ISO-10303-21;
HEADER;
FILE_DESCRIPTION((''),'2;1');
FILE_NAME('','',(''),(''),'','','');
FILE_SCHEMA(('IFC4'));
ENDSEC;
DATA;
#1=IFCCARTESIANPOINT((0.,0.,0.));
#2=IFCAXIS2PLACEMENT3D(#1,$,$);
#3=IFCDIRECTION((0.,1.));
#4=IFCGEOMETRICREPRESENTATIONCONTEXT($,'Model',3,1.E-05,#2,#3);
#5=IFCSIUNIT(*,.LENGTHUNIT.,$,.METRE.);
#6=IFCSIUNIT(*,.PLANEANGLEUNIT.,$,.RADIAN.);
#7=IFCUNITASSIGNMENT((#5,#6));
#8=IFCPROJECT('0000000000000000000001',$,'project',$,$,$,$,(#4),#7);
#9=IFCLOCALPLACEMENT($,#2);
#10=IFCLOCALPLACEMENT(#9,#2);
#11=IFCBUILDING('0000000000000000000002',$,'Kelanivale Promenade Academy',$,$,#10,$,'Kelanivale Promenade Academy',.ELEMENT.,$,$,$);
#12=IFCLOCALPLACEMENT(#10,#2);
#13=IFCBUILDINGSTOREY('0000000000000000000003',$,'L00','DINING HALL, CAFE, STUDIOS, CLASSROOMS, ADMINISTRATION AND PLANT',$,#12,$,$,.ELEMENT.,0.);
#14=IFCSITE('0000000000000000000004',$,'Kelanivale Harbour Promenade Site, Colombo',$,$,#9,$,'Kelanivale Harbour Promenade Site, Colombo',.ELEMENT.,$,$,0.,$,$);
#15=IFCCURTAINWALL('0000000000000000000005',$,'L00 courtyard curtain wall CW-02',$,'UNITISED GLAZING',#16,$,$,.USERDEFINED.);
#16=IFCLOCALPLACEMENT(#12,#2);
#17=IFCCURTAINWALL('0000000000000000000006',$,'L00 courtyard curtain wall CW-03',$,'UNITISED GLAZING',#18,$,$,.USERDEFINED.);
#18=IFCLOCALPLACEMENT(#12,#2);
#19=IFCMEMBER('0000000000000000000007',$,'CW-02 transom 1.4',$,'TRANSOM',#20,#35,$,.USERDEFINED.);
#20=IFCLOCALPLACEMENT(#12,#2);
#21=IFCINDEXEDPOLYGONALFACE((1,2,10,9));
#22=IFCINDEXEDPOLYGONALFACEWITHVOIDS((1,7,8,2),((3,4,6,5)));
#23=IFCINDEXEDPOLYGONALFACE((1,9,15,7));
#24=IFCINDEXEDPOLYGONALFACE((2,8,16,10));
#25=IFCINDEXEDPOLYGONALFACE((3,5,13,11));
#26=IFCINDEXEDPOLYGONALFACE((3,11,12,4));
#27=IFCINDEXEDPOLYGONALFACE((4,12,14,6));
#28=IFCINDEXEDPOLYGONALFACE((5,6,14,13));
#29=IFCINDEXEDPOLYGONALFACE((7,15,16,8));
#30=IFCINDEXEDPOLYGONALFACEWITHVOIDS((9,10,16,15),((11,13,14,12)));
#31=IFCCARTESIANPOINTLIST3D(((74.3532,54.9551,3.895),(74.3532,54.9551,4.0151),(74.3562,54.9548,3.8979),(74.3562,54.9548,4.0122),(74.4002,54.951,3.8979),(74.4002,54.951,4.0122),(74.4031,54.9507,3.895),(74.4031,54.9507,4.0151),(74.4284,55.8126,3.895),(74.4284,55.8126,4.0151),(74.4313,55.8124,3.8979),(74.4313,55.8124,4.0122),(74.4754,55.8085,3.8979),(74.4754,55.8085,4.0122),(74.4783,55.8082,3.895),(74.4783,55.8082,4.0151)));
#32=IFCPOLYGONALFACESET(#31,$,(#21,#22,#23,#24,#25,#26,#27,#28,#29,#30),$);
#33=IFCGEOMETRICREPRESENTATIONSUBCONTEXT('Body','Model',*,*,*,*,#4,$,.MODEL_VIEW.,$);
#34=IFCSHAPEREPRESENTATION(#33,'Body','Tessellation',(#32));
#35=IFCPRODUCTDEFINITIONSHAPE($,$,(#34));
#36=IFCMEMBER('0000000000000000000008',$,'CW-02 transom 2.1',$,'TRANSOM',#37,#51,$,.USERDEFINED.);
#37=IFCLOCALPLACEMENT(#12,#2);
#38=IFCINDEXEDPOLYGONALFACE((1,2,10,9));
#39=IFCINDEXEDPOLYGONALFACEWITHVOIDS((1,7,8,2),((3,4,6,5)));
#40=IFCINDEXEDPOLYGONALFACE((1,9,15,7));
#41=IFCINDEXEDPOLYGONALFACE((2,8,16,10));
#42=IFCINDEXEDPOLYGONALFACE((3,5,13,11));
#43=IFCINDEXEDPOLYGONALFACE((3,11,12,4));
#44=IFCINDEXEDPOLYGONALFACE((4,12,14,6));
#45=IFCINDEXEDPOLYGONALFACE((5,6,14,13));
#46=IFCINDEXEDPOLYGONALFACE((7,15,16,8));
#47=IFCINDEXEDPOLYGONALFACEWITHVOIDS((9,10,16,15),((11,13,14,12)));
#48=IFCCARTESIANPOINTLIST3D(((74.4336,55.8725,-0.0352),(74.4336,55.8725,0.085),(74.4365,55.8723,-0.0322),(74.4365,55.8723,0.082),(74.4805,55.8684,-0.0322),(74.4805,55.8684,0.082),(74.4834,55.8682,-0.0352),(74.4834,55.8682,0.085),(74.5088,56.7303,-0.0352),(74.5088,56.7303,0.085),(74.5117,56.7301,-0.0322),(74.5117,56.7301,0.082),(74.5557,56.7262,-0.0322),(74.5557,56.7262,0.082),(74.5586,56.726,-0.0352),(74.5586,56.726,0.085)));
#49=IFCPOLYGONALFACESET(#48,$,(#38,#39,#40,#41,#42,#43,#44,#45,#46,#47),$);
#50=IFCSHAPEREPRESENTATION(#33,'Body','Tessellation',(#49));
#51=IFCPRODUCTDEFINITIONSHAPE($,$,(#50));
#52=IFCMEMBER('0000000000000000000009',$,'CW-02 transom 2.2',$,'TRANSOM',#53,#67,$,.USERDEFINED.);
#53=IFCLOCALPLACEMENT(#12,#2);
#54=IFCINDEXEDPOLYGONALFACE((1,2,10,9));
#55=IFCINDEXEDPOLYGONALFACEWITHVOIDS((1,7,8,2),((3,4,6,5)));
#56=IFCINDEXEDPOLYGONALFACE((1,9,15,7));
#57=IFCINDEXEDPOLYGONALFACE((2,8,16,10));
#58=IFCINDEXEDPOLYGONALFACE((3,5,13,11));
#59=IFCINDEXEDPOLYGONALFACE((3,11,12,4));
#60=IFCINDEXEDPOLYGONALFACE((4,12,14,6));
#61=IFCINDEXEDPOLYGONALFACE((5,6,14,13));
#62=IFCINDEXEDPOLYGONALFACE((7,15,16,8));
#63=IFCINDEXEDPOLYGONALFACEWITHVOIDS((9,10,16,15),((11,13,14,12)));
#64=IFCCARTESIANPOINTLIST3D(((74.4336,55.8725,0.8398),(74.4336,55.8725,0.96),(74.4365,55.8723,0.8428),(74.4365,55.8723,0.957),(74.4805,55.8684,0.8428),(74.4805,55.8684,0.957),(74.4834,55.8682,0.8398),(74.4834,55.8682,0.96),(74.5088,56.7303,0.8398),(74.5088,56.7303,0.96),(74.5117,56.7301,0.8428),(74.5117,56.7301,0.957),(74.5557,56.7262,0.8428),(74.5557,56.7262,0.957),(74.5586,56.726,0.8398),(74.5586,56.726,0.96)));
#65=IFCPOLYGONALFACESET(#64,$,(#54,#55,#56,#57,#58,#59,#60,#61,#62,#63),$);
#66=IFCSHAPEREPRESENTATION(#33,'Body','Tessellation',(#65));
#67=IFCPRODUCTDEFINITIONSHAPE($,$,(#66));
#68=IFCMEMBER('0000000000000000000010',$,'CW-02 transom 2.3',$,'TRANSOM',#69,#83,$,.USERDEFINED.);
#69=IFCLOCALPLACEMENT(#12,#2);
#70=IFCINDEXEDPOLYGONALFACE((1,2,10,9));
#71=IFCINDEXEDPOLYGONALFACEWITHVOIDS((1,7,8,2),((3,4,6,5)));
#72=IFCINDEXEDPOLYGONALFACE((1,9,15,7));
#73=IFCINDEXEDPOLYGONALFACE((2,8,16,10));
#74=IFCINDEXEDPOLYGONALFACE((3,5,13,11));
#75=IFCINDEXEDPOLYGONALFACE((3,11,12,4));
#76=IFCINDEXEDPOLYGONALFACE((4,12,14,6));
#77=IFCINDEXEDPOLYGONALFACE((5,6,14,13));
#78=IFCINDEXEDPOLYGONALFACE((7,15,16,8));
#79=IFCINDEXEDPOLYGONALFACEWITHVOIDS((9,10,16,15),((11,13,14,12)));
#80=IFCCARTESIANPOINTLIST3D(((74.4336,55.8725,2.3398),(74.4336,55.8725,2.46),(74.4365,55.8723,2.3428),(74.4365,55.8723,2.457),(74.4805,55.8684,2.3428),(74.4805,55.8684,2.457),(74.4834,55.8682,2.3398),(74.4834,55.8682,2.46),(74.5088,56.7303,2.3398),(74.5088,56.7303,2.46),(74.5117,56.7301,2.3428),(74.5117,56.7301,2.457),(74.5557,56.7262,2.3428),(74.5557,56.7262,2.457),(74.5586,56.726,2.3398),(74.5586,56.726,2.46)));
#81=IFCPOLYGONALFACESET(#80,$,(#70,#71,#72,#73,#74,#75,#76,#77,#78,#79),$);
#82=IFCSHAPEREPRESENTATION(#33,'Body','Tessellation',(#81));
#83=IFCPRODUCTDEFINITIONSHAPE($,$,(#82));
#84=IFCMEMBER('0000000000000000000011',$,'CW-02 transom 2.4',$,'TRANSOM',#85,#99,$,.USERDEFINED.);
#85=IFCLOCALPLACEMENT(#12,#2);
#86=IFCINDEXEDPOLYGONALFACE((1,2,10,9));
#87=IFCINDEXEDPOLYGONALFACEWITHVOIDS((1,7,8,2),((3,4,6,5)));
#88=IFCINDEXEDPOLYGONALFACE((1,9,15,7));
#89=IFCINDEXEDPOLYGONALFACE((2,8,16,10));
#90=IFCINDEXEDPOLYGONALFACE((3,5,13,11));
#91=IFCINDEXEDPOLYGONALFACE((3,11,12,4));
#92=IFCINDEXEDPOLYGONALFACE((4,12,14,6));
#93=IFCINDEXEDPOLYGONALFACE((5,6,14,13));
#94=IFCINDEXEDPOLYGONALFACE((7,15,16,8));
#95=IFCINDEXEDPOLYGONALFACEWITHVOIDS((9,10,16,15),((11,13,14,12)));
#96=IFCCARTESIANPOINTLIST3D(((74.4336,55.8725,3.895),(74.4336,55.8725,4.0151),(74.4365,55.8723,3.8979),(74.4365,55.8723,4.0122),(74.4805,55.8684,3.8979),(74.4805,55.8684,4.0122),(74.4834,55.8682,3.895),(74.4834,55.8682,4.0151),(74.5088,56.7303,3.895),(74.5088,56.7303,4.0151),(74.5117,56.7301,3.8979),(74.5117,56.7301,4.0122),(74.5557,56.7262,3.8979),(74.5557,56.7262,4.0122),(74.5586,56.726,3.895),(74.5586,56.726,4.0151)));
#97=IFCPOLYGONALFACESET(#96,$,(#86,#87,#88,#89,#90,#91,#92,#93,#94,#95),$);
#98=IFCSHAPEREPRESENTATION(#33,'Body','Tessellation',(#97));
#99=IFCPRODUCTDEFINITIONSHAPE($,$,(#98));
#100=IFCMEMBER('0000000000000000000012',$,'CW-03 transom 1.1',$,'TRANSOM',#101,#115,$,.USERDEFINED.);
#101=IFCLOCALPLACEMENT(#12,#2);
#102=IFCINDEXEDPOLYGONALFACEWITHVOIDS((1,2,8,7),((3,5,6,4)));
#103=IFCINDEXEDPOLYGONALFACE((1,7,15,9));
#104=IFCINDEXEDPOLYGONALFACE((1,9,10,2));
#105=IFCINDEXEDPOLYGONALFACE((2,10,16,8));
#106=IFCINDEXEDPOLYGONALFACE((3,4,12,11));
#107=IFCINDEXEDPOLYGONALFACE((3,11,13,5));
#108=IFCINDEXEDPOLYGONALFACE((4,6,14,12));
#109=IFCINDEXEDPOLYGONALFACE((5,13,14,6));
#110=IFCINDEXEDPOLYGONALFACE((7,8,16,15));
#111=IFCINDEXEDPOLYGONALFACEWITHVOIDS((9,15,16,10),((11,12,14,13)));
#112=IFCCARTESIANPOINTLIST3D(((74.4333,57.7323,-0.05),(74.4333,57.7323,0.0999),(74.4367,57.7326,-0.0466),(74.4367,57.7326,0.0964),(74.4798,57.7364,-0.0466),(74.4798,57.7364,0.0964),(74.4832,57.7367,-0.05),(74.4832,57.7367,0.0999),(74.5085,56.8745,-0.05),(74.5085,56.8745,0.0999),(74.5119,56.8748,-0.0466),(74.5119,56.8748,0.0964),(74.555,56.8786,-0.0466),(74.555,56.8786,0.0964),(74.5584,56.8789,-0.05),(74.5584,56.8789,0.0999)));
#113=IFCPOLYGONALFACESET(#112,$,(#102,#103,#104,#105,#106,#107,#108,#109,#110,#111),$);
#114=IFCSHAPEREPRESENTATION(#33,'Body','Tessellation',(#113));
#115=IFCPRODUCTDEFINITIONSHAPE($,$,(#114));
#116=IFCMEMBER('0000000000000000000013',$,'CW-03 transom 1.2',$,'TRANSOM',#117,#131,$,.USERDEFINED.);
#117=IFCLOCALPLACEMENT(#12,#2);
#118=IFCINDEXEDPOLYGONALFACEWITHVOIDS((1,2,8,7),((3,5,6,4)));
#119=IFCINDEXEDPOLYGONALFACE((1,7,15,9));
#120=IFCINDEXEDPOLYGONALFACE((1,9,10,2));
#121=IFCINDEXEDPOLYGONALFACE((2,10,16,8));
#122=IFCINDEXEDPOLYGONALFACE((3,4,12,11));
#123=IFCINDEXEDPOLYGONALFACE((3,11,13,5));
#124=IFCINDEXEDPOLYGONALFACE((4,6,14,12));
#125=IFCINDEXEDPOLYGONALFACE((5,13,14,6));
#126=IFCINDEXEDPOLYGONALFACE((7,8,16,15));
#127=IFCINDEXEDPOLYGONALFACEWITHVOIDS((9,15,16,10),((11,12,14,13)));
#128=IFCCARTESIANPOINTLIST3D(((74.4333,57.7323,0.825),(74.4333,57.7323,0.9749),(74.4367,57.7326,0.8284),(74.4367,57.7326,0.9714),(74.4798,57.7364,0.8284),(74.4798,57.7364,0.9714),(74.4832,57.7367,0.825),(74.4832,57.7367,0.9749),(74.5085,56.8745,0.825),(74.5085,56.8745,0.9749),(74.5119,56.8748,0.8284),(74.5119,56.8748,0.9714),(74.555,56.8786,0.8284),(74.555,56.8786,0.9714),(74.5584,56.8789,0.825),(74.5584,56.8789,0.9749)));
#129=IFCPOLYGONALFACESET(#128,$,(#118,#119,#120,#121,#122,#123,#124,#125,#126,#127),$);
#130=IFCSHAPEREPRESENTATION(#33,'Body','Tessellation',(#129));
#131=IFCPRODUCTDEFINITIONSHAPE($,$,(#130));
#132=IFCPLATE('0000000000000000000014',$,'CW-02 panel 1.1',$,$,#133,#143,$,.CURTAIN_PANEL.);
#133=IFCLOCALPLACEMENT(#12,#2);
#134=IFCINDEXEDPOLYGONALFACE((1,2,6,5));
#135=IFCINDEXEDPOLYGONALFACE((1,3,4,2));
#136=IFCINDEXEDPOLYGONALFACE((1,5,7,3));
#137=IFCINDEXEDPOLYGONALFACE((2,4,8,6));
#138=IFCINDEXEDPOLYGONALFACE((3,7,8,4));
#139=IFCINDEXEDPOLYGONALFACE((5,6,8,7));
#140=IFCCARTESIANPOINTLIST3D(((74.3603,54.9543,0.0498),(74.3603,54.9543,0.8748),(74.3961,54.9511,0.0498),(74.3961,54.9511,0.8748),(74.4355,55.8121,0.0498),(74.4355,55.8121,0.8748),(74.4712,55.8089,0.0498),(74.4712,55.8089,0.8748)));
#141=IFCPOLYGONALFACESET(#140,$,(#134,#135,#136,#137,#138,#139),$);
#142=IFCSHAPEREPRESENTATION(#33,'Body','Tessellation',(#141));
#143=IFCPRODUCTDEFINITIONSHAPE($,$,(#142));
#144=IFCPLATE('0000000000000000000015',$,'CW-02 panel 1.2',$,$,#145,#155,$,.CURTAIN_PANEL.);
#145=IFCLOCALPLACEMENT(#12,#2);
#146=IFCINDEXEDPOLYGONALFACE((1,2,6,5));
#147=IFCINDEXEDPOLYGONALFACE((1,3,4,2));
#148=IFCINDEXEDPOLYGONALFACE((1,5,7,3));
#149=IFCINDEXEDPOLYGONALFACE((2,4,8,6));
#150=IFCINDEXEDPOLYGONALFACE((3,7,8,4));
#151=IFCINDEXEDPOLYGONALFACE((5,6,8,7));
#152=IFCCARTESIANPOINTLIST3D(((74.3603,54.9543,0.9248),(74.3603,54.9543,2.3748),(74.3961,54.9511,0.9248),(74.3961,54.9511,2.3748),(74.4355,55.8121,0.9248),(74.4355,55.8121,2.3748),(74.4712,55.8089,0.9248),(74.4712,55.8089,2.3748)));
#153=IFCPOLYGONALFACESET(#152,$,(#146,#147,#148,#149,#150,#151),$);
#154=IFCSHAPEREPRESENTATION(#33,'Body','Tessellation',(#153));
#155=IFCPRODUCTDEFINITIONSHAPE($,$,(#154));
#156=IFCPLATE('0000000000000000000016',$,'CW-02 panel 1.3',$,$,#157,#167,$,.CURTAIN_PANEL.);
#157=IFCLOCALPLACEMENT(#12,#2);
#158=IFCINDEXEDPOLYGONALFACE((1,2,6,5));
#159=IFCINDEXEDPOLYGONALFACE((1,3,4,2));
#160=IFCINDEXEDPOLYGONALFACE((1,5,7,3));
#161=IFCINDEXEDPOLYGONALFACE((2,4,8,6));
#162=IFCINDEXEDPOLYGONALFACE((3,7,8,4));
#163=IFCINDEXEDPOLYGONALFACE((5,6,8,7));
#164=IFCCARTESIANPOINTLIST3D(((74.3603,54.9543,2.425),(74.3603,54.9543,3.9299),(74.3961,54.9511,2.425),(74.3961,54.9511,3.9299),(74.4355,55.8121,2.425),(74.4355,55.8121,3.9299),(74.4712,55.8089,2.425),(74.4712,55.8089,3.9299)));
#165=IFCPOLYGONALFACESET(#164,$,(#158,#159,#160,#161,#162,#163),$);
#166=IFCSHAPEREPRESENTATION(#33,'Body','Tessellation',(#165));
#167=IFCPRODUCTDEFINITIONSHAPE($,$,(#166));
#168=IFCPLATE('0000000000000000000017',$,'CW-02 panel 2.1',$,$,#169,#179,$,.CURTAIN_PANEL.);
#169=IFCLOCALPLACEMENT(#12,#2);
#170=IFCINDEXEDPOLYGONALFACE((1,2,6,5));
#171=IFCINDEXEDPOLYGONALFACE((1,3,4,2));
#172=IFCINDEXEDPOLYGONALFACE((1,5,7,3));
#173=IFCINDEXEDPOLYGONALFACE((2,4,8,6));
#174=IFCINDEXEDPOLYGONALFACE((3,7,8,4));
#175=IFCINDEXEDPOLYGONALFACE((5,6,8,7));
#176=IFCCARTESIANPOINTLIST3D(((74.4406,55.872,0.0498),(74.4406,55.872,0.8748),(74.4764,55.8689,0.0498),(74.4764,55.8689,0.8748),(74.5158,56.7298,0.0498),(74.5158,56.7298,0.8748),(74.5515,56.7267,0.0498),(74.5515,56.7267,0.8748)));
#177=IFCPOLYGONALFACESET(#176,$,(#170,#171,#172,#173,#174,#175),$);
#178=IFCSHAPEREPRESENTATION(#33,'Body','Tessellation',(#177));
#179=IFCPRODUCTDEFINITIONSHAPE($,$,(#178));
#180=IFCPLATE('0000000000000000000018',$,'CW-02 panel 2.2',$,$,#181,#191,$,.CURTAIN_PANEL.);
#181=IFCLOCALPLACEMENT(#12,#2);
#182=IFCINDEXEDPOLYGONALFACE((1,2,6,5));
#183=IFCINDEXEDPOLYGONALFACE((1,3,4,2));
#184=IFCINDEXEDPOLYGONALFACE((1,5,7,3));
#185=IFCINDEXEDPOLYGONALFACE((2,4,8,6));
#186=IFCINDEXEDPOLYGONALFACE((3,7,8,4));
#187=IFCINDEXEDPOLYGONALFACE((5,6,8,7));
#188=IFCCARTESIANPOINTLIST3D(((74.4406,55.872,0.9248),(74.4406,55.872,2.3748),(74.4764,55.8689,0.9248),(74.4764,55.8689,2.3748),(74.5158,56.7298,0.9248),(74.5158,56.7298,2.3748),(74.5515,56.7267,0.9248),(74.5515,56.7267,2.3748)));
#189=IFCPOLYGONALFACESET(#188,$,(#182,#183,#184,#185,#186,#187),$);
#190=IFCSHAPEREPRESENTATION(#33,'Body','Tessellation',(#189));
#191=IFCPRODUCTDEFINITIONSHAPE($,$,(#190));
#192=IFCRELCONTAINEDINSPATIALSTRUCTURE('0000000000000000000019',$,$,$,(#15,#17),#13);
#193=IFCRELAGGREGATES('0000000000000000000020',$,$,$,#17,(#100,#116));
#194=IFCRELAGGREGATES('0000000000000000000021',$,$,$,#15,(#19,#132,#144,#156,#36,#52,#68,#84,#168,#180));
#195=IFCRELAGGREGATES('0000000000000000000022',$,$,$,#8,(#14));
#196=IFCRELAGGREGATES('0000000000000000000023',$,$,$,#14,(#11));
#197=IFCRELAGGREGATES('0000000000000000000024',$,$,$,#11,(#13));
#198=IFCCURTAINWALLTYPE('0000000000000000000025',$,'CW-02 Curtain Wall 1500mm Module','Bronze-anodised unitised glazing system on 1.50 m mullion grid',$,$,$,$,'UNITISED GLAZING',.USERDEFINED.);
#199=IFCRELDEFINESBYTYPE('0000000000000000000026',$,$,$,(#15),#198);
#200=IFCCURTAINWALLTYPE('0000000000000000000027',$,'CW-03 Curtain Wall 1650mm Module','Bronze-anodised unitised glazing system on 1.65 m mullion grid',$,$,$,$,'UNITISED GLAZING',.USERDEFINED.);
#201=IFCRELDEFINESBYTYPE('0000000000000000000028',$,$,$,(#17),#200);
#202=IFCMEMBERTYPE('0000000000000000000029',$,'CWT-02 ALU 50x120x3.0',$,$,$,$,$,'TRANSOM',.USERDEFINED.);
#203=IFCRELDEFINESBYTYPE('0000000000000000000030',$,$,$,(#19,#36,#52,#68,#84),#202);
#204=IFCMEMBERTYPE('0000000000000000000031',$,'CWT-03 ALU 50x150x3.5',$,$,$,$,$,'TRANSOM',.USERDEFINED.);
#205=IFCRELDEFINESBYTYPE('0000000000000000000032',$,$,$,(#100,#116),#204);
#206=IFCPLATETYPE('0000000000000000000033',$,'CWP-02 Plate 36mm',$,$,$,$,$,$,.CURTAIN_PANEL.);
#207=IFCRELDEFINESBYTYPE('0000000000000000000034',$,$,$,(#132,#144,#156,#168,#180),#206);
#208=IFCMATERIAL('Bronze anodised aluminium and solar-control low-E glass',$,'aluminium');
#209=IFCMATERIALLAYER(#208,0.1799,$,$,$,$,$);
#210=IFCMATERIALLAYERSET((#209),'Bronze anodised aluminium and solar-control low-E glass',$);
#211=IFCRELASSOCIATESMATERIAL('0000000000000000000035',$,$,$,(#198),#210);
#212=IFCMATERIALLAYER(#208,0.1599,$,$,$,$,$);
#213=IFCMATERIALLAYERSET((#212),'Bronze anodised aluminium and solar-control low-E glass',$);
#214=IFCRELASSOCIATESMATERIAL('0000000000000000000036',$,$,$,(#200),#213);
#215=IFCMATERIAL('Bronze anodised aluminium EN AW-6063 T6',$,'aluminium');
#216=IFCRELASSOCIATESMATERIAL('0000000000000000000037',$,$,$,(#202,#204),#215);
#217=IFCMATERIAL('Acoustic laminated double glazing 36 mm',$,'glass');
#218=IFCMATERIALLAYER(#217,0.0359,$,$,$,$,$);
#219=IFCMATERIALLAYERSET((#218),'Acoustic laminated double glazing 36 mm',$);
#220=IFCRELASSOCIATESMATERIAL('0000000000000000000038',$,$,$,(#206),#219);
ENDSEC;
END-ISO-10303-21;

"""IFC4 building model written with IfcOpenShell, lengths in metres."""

from ifc_helpers import new_model, si_unit, direction, frame, origin, origin_2d, place, context, subcontext, project, spatial, rectangle, hollow_rectangle, extrude, material, layer, layer_set, material_profile, profile_set, type_object, element, aggregate, save


model = new_model("IFC4")

# Units and contexts
model_context = context("Model", 3, precision=1e-05, world=origin(), true_north=direction((0.0, 1.0)))
body_context = subcontext(model_context, "Body", "Model", "MODEL_VIEW")
ifc_project = project(units=[si_unit("LENGTHUNIT", "METRE"), si_unit("PLANEANGLEUNIT", "RADIAN")], contexts=[model_context])

# Site, building, storey
site_placement = place(None, origin())
site = spatial("IfcSite", under=ifc_project, at=site_placement, Name="Kelanivale Harbour Promenade Site, Colombo", LongName="Kelanivale Harbour Promenade Site, Colombo", CompositionType="ELEMENT", RefElevation=0.0)
building_placement = place(site_placement, origin())
building = spatial("IfcBuilding", under=site, at=building_placement, Name="Kelanivale Promenade Academy", LongName="Kelanivale Promenade Academy", CompositionType="ELEMENT")
storey_placement = place(building_placement, origin())
storey = spatial("IfcBuildingStorey", under=building, at=storey_placement, Name="L00", Description="DINING HALL, CAFE, STUDIOS, CLASSROOMS, ADMINISTRATION AND PLANT", CompositionType="ELEMENT", Elevation=0.0)

# Curtain wall
ifc_material_1 = material(Name="Bronze anodised aluminium and solar-control low-E glass", Category="aluminium")
ifc_layer_1 = layer(ifc_material_1, 0.1799)
ifc_layer_set_1 = layer_set([ifc_layer_1], Name="Bronze anodised aluminium and solar-control low-E glass")
curtain_wall_type_1 = type_object("IfcCurtainWallType", Name="CW-02 Curtain Wall 1500mm Module", Description="Bronze-anodised unitised glazing system on 1.50 m mullion grid", ElementType="UNITISED GLAZING", PredefinedType="USERDEFINED", material=ifc_layer_set_1)
curtain_wall_1_placement = place(storey_placement, origin())
curtain_wall_1 = element("IfcCurtainWall", 1, at=curtain_wall_1_placement, inside=storey, type_object=curtain_wall_type_1, Name="L00 courtyard curtain wall CW-02", ObjectType="UNITISED GLAZING", PredefinedType="USERDEFINED")
ifc_material_2 = material(Name="Bronze anodised aluminium EN AW-6063 T6", Category="aluminium")

# Curtain wall
ifc_layer_2 = layer(ifc_material_1, 0.1599)
ifc_layer_set_2 = layer_set([ifc_layer_2], Name="Bronze anodised aluminium and solar-control low-E glass")
curtain_wall_type_2 = type_object("IfcCurtainWallType", Name="CW-03 Curtain Wall 1650mm Module", Description="Bronze-anodised unitised glazing system on 1.65 m mullion grid", ElementType="UNITISED GLAZING", PredefinedType="USERDEFINED", material=ifc_layer_set_2)
curtain_wall_2_placement = place(storey_placement, origin())
curtain_wall_2 = element("IfcCurtainWall", 2, at=curtain_wall_2_placement, inside=storey, type_object=curtain_wall_type_2, Name="L00 courtyard curtain wall CW-03", ObjectType="UNITISED GLAZING", PredefinedType="USERDEFINED")

# Members
ifc_material_profile_1 = material_profile(ifc_material_2, hollow_rectangle(XDim=0.05, YDim=0.1201, WallThickness=0.0029, at=origin_2d()), Name="ALU 50x120x3.0")
ifc_profile_set_1 = profile_set([ifc_material_profile_1], Name="Bronze anodised aluminium EN AW-6063 T6")
member_type_1 = type_object("IfcMemberType", Name="CWT-02 ALU 50x120x3.0", ElementType="TRANSOM", PredefinedType="USERDEFINED", material=ifc_profile_set_1)
member_1_placement = place(storey_placement, frame((74.3782, 54.9529, 3.9551), z_axis=(0.087339, 0.996179, 0.0), x_axis=(-0.996179, 0.087339, 0.0)))
member_1 = element("IfcMember", 3, at=member_1_placement, type_object=member_type_1, Name="CW-02 transom 1.4", ObjectType="TRANSOM", PredefinedType="USERDEFINED", context=body_context, shape_type="SweptSolid", body=[
    extrude(hollow_rectangle(XDim=0.05, YDim=0.1201, WallThickness=0.0029, at=origin_2d()), origin(), (0.0, 0.0, 1.0), 0.8608),
])
member_2_placement = place(storey_placement, frame((74.4585, 55.8704, 0.0249), z_axis=(0.087315, 0.996181, 0.0), x_axis=(-0.996181, 0.087315, 0.0)))
member_2 = element("IfcMember", 4, at=member_2_placement, type_object=member_type_1, Name="CW-02 transom 2.1", ObjectType="TRANSOM", PredefinedType="USERDEFINED", context=body_context, shape_type="SweptSolid", body=[
    extrude(hollow_rectangle(XDim=0.05, YDim=0.1201, WallThickness=0.0029, at=origin_2d()), origin(), (0.0, 0.0, 1.0), 0.8611),
])
member_3_placement = place(storey_placement, frame((74.4585, 55.8704, 0.8999), z_axis=(0.087315, 0.996181, 0.0), x_axis=(-0.996181, 0.087315, 0.0)))
member_3 = element("IfcMember", 5, at=member_3_placement, type_object=member_type_1, Name="CW-02 transom 2.2", ObjectType="TRANSOM", PredefinedType="USERDEFINED", context=body_context, shape_type="SweptSolid", body=[
    extrude(hollow_rectangle(XDim=0.05, YDim=0.1201, WallThickness=0.0029, at=origin_2d()), origin(), (0.0, 0.0, 1.0), 0.8611),
])
member_4_placement = place(storey_placement, frame((74.4585, 55.8704, 2.3999), z_axis=(0.087315, 0.996181, 0.0), x_axis=(-0.996181, 0.087315, 0.0)))
member_4 = element("IfcMember", 6, at=member_4_placement, type_object=member_type_1, Name="CW-02 transom 2.3", ObjectType="TRANSOM", PredefinedType="USERDEFINED", context=body_context, shape_type="SweptSolid", body=[
    extrude(hollow_rectangle(XDim=0.05, YDim=0.1201, WallThickness=0.0029, at=origin_2d()), origin(), (0.0, 0.0, 1.0), 0.8611),
])
member_5_placement = place(storey_placement, frame((74.4585, 55.8704, 3.9551), z_axis=(0.087315, 0.996181, 0.0), x_axis=(-0.996181, 0.087315, 0.0)))
member_5 = element("IfcMember", 7, at=member_5_placement, type_object=member_type_1, Name="CW-02 transom 2.4", ObjectType="TRANSOM", PredefinedType="USERDEFINED", context=body_context, shape_type="SweptSolid", body=[
    extrude(hollow_rectangle(XDim=0.05, YDim=0.1201, WallThickness=0.0029, at=origin_2d()), origin(), (0.0, 0.0, 1.0), 0.8611),
])
ifc_material_profile_2 = material_profile(ifc_material_2, hollow_rectangle(XDim=0.05, YDim=0.1499, WallThickness=0.0034, at=origin_2d()), Name="ALU 50x150x3.5")
ifc_profile_set_2 = profile_set([ifc_material_profile_2], Name="Bronze anodised aluminium EN AW-6063 T6")
member_type_2 = type_object("IfcMemberType", Name="CWT-03 ALU 50x150x3.5", ElementType="TRANSOM", PredefinedType="USERDEFINED", material=ifc_profile_set_2)
member_6_placement = place(storey_placement, frame((74.5334, 56.8767, 0.0249), z_axis=(-0.087315, 0.996181, 0.0), x_axis=(-0.996181, -0.087315, 0.0)))
member_6 = element("IfcMember", 8, at=member_6_placement, type_object=member_type_2, Name="CW-03 transom 1.1", ObjectType="TRANSOM", PredefinedType="USERDEFINED", context=body_context, shape_type="SweptSolid", body=[
    extrude(hollow_rectangle(XDim=0.05, YDim=0.1499, WallThickness=0.0034, at=origin_2d()), origin(), (0.0, 0.0, 1.0), 0.8611),
])
member_7_placement = place(storey_placement, frame((74.5334, 56.8767, 0.8999), z_axis=(-0.087315, 0.996181, 0.0), x_axis=(-0.996181, -0.087315, 0.0)))
member_7 = element("IfcMember", 9, at=member_7_placement, type_object=member_type_2, Name="CW-03 transom 1.2", ObjectType="TRANSOM", PredefinedType="USERDEFINED", context=body_context, shape_type="SweptSolid", body=[
    extrude(hollow_rectangle(XDim=0.05, YDim=0.1499, WallThickness=0.0034, at=origin_2d()), origin(), (0.0, 0.0, 1.0), 0.8611),
])
aggregate(curtain_wall_2, [member_6, member_7])

# Plates
ifc_material_3 = material(Name="Acoustic laminated double glazing 36 mm", Category="glass")
ifc_layer_3 = layer(ifc_material_3, 0.0359)
ifc_layer_set_3 = layer_set([ifc_layer_3], Name="Acoustic laminated double glazing 36 mm")
plate_type = type_object("IfcPlateType", Name="CWP-02 Plate 36mm", PredefinedType="CURTAIN_PANEL", material=ifc_layer_set_3)
plate_1_placement = place(storey_placement, frame((74.4158, 55.3816, 0.0498), z_axis=(0.0, 0.0, 1.0), x_axis=(0.087265, 0.996185, 0.0)))
plate_1 = element("IfcPlate", 10, at=plate_1_placement, type_object=plate_type, Name="CW-02 panel 1.1", PredefinedType="CURTAIN_PANEL", context=body_context, shape_type="SweptSolid", body=[
    extrude(rectangle(XDim=0.8611, YDim=0.0359, at=origin_2d()), origin(), (0.0, 0.0, 1.0), 0.825),
])
plate_2_placement = place(storey_placement, frame((74.4158, 55.3816, 0.9248), z_axis=(0.0, 0.0, 1.0), x_axis=(0.087265, 0.996185, 0.0)))
plate_2 = element("IfcPlate", 11, at=plate_2_placement, type_object=plate_type, Name="CW-02 panel 1.2", PredefinedType="CURTAIN_PANEL", context=body_context, shape_type="SweptSolid", body=[
    extrude(rectangle(XDim=0.8611, YDim=0.0359, at=origin_2d()), origin(), (0.0, 0.0, 1.0), 1.45),
])
plate_3_placement = place(storey_placement, frame((74.4158, 55.3816, 2.425), z_axis=(0.0, 0.0, 1.0), x_axis=(0.087265, 0.996185, 0.0)))
plate_3 = element("IfcPlate", 12, at=plate_3_placement, type_object=plate_type, Name="CW-02 panel 1.3", PredefinedType="CURTAIN_PANEL", context=body_context, shape_type="SweptSolid", body=[
    extrude(rectangle(XDim=0.8611, YDim=0.0359, at=origin_2d()), origin(), (0.0, 0.0, 1.0), 1.5049),
])
plate_4_placement = place(storey_placement, frame((74.4961, 56.2993, 0.0498), z_axis=(0.0, 0.0, 1.0), x_axis=(0.087265, 0.996185, 0.0)))
plate_4 = element("IfcPlate", 13, at=plate_4_placement, type_object=plate_type, Name="CW-02 panel 2.1", PredefinedType="CURTAIN_PANEL", context=body_context, shape_type="SweptSolid", body=[
    extrude(rectangle(XDim=0.8611, YDim=0.0359, at=origin_2d()), origin(), (0.0, 0.0, 1.0), 0.825),
])
plate_5_placement = place(storey_placement, frame((74.4961, 56.2993, 0.9248), z_axis=(0.0, 0.0, 1.0), x_axis=(0.087265, 0.996185, 0.0)))
plate_5 = element("IfcPlate", 14, at=plate_5_placement, type_object=plate_type, Name="CW-02 panel 2.2", PredefinedType="CURTAIN_PANEL", context=body_context, shape_type="SweptSolid", body=[
    extrude(rectangle(XDim=0.8611, YDim=0.0359, at=origin_2d()), origin(), (0.0, 0.0, 1.0), 1.45),
])
aggregate(curtain_wall_1, [member_1, plate_1, plate_2, plate_3, member_2, member_3, member_4, member_5, plate_4, plate_5])

save(model, "model.ifc")
